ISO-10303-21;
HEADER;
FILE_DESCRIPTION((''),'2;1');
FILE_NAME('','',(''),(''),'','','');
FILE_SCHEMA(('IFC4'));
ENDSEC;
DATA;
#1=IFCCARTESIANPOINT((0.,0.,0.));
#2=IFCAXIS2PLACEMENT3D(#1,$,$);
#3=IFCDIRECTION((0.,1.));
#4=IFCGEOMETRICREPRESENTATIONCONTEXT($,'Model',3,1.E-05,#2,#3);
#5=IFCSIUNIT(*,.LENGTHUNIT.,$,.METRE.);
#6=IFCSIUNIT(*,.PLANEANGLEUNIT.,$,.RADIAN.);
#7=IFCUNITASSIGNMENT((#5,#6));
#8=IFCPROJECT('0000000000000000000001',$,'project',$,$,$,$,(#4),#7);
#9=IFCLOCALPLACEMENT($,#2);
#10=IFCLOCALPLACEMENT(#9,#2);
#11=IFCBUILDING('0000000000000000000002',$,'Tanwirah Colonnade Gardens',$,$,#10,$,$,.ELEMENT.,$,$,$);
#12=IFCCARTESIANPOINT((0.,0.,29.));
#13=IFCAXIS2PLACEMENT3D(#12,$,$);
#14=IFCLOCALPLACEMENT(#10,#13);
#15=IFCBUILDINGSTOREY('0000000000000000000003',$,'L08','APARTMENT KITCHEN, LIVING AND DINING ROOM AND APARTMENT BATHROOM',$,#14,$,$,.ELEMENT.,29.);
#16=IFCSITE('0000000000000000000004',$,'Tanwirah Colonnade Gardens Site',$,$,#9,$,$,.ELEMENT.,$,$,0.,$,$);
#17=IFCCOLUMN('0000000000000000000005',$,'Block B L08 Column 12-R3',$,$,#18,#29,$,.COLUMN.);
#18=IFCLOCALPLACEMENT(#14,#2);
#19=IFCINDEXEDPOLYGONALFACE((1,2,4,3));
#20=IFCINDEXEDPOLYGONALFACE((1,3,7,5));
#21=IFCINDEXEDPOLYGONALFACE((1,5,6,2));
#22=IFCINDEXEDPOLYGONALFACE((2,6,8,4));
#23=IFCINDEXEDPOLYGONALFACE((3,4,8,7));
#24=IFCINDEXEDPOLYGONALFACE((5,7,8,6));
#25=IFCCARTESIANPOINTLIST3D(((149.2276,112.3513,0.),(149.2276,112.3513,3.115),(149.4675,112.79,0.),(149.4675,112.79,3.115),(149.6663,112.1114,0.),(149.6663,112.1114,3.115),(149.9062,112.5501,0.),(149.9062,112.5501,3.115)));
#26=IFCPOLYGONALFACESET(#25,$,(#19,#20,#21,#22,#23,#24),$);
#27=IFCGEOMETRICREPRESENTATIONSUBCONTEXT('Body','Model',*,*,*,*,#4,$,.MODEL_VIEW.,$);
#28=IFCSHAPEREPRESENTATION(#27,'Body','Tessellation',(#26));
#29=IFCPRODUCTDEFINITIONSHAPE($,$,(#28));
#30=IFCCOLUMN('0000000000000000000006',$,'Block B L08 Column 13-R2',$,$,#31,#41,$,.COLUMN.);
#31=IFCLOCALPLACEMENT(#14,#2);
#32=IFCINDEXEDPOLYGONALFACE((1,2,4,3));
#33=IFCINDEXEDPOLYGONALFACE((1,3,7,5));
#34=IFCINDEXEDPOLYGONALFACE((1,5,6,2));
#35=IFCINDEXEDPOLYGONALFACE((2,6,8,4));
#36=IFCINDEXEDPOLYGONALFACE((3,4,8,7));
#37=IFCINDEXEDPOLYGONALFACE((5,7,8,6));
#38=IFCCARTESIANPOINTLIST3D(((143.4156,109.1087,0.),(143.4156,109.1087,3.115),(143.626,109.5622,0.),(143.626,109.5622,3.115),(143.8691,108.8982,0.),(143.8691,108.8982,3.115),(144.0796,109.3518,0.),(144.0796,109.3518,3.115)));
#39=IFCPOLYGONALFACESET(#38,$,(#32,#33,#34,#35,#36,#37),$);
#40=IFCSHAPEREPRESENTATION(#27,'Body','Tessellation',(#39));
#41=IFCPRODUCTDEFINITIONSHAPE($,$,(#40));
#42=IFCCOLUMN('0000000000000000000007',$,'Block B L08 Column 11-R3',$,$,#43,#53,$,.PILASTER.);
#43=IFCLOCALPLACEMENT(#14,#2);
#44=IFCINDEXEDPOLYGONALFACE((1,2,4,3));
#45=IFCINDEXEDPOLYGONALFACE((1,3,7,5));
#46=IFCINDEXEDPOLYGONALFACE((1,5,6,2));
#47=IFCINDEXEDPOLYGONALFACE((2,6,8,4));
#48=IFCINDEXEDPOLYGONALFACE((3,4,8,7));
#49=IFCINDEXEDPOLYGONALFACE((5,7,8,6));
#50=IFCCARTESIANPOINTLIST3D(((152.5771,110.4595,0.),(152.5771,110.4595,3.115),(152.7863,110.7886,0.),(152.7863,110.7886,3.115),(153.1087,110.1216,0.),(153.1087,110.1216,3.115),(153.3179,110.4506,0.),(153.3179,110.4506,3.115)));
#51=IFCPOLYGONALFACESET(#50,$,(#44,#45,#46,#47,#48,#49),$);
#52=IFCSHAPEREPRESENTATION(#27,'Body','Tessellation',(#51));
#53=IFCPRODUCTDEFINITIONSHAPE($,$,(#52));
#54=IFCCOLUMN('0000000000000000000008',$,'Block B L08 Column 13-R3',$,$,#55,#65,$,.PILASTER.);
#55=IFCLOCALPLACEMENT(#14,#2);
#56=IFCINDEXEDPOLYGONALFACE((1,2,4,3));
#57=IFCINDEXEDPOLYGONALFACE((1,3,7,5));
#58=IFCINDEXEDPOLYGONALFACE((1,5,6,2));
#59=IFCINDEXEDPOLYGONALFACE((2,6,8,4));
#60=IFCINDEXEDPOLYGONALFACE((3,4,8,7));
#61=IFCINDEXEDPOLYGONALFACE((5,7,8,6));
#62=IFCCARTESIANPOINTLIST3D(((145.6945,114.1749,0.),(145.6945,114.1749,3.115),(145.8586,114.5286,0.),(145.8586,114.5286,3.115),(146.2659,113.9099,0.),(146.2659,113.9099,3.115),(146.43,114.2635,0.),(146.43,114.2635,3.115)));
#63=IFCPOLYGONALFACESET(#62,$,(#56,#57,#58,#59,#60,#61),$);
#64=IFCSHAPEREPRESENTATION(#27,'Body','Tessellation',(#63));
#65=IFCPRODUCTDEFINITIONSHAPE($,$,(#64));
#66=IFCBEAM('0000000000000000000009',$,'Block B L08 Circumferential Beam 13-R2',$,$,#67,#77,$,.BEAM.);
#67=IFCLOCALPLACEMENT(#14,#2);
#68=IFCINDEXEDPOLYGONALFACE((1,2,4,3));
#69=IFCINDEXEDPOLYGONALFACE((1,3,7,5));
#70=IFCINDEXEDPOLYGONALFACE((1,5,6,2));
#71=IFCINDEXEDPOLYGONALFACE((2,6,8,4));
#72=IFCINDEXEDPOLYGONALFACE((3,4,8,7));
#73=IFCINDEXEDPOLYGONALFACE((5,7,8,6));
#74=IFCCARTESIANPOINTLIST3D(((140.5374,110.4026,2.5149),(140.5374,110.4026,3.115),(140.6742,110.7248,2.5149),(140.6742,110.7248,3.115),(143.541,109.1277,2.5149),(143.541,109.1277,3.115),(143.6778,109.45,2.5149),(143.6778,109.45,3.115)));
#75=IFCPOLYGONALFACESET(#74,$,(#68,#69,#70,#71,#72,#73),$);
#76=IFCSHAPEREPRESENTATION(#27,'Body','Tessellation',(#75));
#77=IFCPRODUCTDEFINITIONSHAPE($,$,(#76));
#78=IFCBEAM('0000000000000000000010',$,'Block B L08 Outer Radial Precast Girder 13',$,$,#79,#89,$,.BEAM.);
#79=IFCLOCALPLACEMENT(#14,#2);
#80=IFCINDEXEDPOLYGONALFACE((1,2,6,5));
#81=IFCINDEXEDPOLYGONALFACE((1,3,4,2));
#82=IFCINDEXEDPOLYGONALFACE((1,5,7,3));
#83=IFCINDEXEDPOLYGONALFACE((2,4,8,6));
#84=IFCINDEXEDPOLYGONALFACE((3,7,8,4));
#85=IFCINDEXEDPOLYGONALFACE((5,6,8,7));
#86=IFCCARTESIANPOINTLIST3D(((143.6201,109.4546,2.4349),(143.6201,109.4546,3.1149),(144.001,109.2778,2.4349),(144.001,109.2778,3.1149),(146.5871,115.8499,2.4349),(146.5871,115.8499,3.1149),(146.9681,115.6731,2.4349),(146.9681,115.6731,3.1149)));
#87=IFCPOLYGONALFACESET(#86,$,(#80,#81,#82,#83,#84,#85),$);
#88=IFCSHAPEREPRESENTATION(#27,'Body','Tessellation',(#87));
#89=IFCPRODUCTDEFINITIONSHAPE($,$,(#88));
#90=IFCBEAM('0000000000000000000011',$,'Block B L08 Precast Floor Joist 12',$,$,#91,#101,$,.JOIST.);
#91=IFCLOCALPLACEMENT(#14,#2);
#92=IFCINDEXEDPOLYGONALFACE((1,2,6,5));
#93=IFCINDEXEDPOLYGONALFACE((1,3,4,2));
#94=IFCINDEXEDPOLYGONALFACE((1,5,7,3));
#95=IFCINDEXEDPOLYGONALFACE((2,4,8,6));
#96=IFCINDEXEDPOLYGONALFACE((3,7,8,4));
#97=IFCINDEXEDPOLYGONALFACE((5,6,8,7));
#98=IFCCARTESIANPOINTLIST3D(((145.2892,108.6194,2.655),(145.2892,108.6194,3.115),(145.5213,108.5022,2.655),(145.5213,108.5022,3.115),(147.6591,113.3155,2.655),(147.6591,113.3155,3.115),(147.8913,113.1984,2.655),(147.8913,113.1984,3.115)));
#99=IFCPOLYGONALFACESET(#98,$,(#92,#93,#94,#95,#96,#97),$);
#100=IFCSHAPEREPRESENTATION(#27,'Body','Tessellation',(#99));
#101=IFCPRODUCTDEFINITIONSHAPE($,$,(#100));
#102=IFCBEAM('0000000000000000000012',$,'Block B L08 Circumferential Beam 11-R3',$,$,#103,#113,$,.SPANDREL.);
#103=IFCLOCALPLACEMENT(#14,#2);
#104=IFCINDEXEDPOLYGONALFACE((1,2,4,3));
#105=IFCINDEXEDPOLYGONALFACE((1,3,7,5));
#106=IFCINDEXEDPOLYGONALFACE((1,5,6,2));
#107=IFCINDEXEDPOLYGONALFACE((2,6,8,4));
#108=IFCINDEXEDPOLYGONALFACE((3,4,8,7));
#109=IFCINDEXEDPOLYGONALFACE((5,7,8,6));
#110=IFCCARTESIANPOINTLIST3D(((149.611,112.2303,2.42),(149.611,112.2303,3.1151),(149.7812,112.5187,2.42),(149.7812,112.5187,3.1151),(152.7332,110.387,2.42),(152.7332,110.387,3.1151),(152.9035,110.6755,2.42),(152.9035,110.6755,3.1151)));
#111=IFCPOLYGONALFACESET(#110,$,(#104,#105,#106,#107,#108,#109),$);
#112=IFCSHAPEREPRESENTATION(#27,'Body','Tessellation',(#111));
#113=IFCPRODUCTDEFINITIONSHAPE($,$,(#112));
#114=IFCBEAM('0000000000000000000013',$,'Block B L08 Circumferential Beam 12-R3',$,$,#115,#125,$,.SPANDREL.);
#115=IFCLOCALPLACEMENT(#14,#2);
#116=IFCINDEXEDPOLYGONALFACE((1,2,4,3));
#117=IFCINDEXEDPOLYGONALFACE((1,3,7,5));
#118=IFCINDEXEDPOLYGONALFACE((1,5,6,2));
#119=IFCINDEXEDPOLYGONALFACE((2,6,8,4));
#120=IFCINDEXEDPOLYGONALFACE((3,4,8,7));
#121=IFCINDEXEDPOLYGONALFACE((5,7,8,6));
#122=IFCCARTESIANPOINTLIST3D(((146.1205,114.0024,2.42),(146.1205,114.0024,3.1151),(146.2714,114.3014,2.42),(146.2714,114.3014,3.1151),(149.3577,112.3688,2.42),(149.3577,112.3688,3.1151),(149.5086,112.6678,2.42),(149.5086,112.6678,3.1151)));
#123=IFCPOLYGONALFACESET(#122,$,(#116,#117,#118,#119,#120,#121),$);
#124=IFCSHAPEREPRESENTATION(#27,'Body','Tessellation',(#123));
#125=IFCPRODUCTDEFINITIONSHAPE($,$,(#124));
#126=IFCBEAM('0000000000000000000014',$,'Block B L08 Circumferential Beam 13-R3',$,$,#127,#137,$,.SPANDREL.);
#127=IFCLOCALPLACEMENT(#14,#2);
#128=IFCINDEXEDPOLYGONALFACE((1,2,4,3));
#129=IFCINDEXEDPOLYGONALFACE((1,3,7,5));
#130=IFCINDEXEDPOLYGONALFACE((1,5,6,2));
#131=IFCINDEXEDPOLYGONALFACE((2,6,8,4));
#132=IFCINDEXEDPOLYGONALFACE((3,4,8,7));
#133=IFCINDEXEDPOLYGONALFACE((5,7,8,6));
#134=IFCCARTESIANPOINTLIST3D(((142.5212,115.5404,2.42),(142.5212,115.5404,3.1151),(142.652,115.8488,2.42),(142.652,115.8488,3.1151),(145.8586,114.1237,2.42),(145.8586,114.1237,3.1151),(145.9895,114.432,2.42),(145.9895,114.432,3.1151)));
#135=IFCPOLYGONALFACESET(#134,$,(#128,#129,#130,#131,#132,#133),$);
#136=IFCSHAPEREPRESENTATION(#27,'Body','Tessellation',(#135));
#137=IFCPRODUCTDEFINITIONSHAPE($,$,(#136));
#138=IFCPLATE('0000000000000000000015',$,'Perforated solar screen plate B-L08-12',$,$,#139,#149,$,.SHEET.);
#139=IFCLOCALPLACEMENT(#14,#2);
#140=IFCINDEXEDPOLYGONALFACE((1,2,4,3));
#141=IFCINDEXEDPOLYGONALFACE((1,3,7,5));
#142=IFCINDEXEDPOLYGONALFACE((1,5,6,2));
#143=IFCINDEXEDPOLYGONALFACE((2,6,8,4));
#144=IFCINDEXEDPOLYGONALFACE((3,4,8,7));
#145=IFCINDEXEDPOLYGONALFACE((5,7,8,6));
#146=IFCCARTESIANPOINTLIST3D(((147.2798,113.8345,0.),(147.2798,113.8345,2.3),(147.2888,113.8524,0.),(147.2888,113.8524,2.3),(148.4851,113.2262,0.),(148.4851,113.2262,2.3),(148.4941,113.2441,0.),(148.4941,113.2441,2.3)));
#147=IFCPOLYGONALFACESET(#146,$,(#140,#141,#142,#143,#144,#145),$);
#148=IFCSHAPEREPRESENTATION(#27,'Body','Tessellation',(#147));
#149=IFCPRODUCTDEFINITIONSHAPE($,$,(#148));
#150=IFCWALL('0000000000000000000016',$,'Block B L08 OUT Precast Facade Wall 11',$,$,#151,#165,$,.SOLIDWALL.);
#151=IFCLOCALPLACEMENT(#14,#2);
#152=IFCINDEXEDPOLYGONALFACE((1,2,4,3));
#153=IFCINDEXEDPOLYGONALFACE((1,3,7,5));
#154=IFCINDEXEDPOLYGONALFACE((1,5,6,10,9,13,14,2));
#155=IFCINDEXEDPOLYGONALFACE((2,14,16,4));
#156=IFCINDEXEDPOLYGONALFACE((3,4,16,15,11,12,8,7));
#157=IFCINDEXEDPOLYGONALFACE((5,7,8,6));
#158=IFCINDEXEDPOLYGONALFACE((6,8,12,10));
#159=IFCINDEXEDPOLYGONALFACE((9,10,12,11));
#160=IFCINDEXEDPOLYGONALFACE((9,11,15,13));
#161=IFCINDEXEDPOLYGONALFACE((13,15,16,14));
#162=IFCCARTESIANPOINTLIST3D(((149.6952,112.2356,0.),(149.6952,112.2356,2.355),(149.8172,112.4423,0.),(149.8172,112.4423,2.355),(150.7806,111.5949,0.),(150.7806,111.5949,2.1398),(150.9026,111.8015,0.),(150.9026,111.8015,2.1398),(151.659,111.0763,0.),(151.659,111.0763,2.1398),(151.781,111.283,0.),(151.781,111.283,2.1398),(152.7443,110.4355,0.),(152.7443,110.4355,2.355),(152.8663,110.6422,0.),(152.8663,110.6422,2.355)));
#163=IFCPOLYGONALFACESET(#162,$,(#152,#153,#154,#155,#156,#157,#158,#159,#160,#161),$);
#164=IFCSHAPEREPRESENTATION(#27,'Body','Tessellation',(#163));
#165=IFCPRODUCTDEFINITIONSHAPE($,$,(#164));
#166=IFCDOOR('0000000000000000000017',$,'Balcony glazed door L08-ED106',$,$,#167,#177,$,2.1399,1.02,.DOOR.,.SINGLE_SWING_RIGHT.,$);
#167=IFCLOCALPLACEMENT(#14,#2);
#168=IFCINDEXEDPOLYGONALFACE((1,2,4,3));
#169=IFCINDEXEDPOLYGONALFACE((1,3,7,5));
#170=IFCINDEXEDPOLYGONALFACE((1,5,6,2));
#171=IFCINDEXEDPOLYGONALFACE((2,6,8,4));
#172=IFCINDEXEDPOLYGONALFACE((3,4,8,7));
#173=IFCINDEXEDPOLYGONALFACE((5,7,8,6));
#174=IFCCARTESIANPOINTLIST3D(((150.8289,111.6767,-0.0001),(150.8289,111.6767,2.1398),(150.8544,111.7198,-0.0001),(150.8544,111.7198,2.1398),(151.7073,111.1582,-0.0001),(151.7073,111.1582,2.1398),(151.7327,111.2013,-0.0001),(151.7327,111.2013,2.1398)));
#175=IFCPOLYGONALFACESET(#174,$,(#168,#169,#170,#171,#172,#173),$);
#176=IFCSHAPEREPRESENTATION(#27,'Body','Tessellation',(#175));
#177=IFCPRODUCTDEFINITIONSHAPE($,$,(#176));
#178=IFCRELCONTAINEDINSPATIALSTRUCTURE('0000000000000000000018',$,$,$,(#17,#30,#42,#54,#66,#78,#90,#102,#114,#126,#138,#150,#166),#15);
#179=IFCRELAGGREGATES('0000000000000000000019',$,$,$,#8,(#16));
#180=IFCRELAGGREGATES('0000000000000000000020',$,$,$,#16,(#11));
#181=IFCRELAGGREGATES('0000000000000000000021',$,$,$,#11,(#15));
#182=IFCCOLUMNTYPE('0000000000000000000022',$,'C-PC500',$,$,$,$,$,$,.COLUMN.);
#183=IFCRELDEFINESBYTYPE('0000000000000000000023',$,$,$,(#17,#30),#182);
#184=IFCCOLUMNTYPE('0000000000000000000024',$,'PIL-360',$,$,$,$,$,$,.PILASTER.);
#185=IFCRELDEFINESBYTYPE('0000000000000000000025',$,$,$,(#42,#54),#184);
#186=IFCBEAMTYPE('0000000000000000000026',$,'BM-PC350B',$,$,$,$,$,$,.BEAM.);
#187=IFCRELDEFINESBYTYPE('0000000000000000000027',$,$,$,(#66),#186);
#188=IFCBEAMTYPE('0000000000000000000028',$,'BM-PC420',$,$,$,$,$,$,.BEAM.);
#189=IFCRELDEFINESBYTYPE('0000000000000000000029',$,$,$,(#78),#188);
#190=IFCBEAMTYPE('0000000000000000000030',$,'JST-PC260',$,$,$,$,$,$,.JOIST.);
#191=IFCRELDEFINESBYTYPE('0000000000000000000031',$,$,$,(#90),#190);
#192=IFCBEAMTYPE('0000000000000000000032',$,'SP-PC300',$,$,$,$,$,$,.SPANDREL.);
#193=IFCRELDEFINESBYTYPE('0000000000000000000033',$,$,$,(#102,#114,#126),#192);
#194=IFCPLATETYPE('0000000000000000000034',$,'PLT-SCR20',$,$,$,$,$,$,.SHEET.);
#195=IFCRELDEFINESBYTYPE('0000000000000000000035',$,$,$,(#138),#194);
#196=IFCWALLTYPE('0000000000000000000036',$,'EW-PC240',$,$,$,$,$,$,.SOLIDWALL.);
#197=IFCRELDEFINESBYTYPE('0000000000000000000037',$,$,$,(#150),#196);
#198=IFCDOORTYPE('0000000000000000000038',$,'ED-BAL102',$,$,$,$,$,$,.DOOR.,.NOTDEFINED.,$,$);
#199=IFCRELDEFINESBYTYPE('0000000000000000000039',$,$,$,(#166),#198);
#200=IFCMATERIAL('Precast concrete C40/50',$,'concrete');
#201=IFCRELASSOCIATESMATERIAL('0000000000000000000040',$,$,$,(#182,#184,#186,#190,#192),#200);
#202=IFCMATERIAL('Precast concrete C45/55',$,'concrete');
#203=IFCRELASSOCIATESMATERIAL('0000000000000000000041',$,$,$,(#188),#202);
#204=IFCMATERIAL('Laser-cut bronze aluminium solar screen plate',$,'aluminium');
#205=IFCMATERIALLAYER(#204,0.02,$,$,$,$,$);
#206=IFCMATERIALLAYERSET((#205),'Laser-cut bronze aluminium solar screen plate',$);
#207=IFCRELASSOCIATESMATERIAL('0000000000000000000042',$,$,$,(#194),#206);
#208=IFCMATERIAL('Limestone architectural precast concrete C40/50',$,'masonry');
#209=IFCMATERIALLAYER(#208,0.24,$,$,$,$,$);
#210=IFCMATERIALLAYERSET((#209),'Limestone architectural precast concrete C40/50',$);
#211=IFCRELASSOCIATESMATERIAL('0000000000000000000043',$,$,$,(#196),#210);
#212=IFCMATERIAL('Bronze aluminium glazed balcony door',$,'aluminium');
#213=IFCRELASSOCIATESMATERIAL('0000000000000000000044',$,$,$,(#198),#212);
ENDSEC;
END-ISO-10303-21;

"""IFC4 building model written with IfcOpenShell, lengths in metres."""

from ifc_helpers import new_model, si_unit, direction, frame, frame_2d, origin, origin_2d, place, context, subcontext, project, spatial, rectangle, extrude, material, layer, layer_set, material_profile, profile_set, type_object, element, fill, save


model = new_model("IFC4")

# Units and contexts
model_context = context("Model", 3, precision=1e-05, world=origin(), true_north=direction((0.0, 1.0)))
body_context = subcontext(model_context, "Body", "Model", "MODEL_VIEW")
ifc_project = project(units=[si_unit("LENGTHUNIT", "METRE"), si_unit("PLANEANGLEUNIT", "RADIAN")], contexts=[model_context])

# Site, building, storey
site_placement = place(None, origin())
site = spatial("IfcSite", under=ifc_project, at=site_placement, Name="Tanwirah Colonnade Gardens Site", CompositionType="ELEMENT", RefElevation=0.0)
building_placement = place(site_placement, origin())
building = spatial("IfcBuilding", under=site, at=building_placement, Name="Tanwirah Colonnade Gardens", CompositionType="ELEMENT")
storey_placement = place(building_placement, frame((0.0, 0.0, 29.0)))
storey = spatial("IfcBuildingStorey", under=building, at=storey_placement, Name="L08", Description="APARTMENT KITCHEN, LIVING AND DINING ROOM AND APARTMENT BATHROOM", CompositionType="ELEMENT", Elevation=29.0)

# Columns
ifc_material_1 = material(Name="Precast concrete C40/50", Category="concrete")
ifc_material_profile_1 = material_profile(ifc_material_1, rectangle(XDim=0.5, YDim=0.5, at=origin_2d()), Name="PC-COL 500x500")
ifc_profile_set_1 = profile_set([ifc_material_profile_1], Name="Precast concrete C40/50")
column_type_1 = type_object("IfcColumnType", Name="C-PC500", PredefinedType="COLUMN", material=ifc_profile_set_1)
for number, where, z_axis, x_axis, name in (
    (1, (149.5669, 112.4507, 0.0), (0.0, 0.0, 1.0), (0.479713, 0.877425, 0.0), "Block B L08 Column 12-R3"),
    (2, (143.7476, 109.2302, 0.0), (0.0, 0.0, 1.0), (0.42086, 0.907126, 0.0), "Block B L08 Column 13-R2"),
):
    element("IfcColumn", number, at=place(storey_placement, frame(where, z_axis=z_axis, x_axis=x_axis)), inside=storey, type_object=column_type_1, Name=name, PredefinedType="COLUMN", context=body_context, shape_type="SweptSolid", body=[
        extrude(rectangle(XDim=0.5, YDim=0.5, at=origin_2d()), origin(), (0.0, 0.0, 1.0), 3.115),
    ])
ifc_material_profile_2 = material_profile(ifc_material_1, rectangle(XDim=0.3899, YDim=0.6299, at=origin_2d()), Name="PC-PIL 390x630")
ifc_profile_set_2 = profile_set([ifc_material_profile_2], Name="Precast concrete C40/50")
column_type_2 = type_object("IfcColumnType", Name="PIL-360", PredefinedType="PILASTER", material=ifc_profile_set_2)
for number, where, z_axis, x_axis, name in (
    (3, (152.9475, 110.4551, 0.0), (0.0, 0.0, 1.0), (0.536482, 0.843912, 0.0), "Block B L08 Column 11-R3"),
    (4, (146.0623, 114.2192, 0.0), (0.0, 0.0, 1.0), (0.42086, 0.907126, 0.0), "Block B L08 Column 13-R3"),
):
    element("IfcColumn", number, at=place(storey_placement, frame(where, z_axis=z_axis, x_axis=x_axis)), inside=storey, type_object=column_type_2, Name=name, PredefinedType="PILASTER", context=body_context, shape_type="SweptSolid", body=[
        extrude(rectangle(XDim=0.3899, YDim=0.6299, at=origin_2d()), origin(), (0.0, 0.0, 1.0), 3.115),
    ])

# Beams
ifc_material_profile_3 = material_profile(ifc_material_1, rectangle(XDim=0.3501, YDim=0.6001, at=origin_2d()), Name="PC-BM 350x600")
ifc_profile_set_3 = profile_set([ifc_material_profile_3], Name="Precast concrete C40/50")
beam_type_1 = type_object("IfcBeamType", Name="BM-PC350B", PredefinedType="BEAM", material=ifc_profile_set_3)
beam_1_placement = place(storey_placement, frame((143.6094, 109.2888, 2.8149), z_axis=(-0.920513, 0.390711, 0.0), x_axis=(-0.390711, -0.920513, 0.0)))
element("IfcBeam", 5, at=beam_1_placement, inside=storey, type_object=beam_type_1, Name="Block B L08 Circumferential Beam 13-R2", PredefinedType="BEAM", context=body_context, shape_type="SweptSolid", body=[
    extrude(rectangle(XDim=0.3501, YDim=0.6001, at=origin_2d()), origin(), (0.0, 0.0, 1.0), 3.2629),
])
ifc_material_2 = material(Name="Precast concrete C45/55", Category="concrete")
ifc_material_profile_4 = material_profile(ifc_material_2, rectangle(XDim=0.4199, YDim=0.6799, at=origin_2d()), Name="PC-BM 420x680")
ifc_profile_set_4 = profile_set([ifc_material_profile_4], Name="Precast concrete C45/55")
beam_type_2 = type_object("IfcBeamType", Name="BM-PC420", PredefinedType="BEAM", material=ifc_profile_set_4)
beam_2_placement = place(storey_placement, frame((143.8105, 109.3662, 2.7749), z_axis=(0.420856, 0.907128, 0.0), x_axis=(-0.907128, 0.420856, 0.0)))
element("IfcBeam", 6, at=beam_2_placement, inside=storey, type_object=beam_type_2, Name="Block B L08 Outer Radial Precast Girder 13", PredefinedType="BEAM", context=body_context, shape_type="SweptSolid", body=[
    extrude(rectangle(XDim=0.4199, YDim=0.6799, at=origin_2d()), origin(), (0.0, 0.0, 1.0), 7.05),
])
ifc_material_profile_5 = material_profile(ifc_material_1, rectangle(XDim=0.26, YDim=0.46, at=origin_2d()), Name="PC-JST 260x460")
ifc_profile_set_5 = profile_set([ifc_material_profile_5], Name="Precast concrete C40/50")
beam_type_3 = type_object("IfcBeamType", Name="JST-PC260", PredefinedType="JOIST", material=ifc_profile_set_5)
beam_3_placement = place(storey_placement, frame((145.4053, 108.5608, 2.885), z_axis=(0.450534, 0.892759, 0.0), x_axis=(-0.892759, 0.450534, 0.0)))
element("IfcBeam", 7, at=beam_3_placement, inside=storey, type_object=beam_type_3, Name="Block B L08 Precast Floor Joist 12", PredefinedType="JOIST", context=body_context, shape_type="SweptSolid", body=[
    extrude(rectangle(XDim=0.26, YDim=0.46, at=origin_2d()), origin(), (0.0, 0.0, 1.0), 5.2603),
])
ifc_material_profile_6 = material_profile(ifc_material_1, rectangle(XDim=0.335, YDim=0.6951, at=origin_2d()), Name="PC-SP 335x695")
ifc_profile_set_6 = profile_set([ifc_material_profile_6], Name="Precast concrete C40/50")
beam_type_4 = type_object("IfcBeamType", Name="SP-PC300", PredefinedType="SPANDREL", material=ifc_profile_set_6)
beam_4_placement = place(storey_placement, frame((152.8184, 110.5312, 2.7676), z_axis=(-0.861137, 0.508373, 0.0), x_axis=(-0.508373, -0.861137, 0.0)))
element("IfcBeam", 8, at=beam_4_placement, inside=storey, type_object=beam_type_4, Name="Block B L08 Circumferential Beam 11-R3", PredefinedType="SPANDREL", context=body_context, shape_type="SweptSolid", body=[
    extrude(rectangle(XDim=0.335, YDim=0.6951, at=origin_2d()), origin(), (0.0, 0.0, 1.0), 3.6257),
])
beam_5_placement = place(storey_placement, frame((149.4331, 112.5183, 2.7676), z_axis=(-0.892765, 0.450523, 0.0), x_axis=(-0.450523, -0.892765, 0.0)))
element("IfcBeam", 9, at=beam_5_placement, inside=storey, type_object=beam_type_4, Name="Block B L08 Circumferential Beam 12-R3", PredefinedType="SPANDREL", context=body_context, shape_type="SweptSolid", body=[
    extrude(rectangle(XDim=0.335, YDim=0.6951, at=origin_2d()), origin(), (0.0, 0.0, 1.0), 3.626),
])
beam_6_placement = place(storey_placement, frame((145.9241, 114.2778, 2.7676), z_axis=(-0.920494, 0.390756, 0.0), x_axis=(-0.390756, -0.920494, 0.0)))
element("IfcBeam", 10, at=beam_6_placement, inside=storey, type_object=beam_type_4, Name="Block B L08 Circumferential Beam 13-R3", PredefinedType="SPANDREL", context=body_context, shape_type="SweptSolid", body=[
    extrude(rectangle(XDim=0.335, YDim=0.6951, at=origin_2d()), origin(), (0.0, 0.0, 1.0), 3.6257),
])

# Plate
ifc_material_3 = material(Name="Laser-cut bronze aluminium solar screen plate", Category="aluminium")
ifc_layer_1 = layer(ifc_material_3, 0.02)
ifc_layer_set_1 = layer_set([ifc_layer_1], Name="Laser-cut bronze aluminium solar screen plate")
plate_type = type_object("IfcPlateType", Name="PLT-SCR20", PredefinedType="SHEET", material=ifc_layer_set_1)
plate_placement = place(storey_placement, frame((147.887, 113.5393, 0.0), z_axis=(0.0, 0.0, 1.0), x_axis=(-0.89276, 0.450532, 0.0)))
element("IfcPlate", 11, at=plate_placement, inside=storey, type_object=plate_type, Name="Perforated solar screen plate B-L08-12", PredefinedType="SHEET", context=body_context, shape_type="SweptSolid", body=[
    extrude(rectangle(XDim=1.3501, YDim=0.02, at=origin_2d()), origin(), (0.0, 0.0, 1.0), 2.3),
])

# Wall, opening, door
ifc_material_4 = material(Name="Limestone architectural precast concrete C40/50", Category="masonry")
ifc_layer_2 = layer(ifc_material_4, 0.24)
ifc_layer_set_2 = layer_set([ifc_layer_2], Name="Limestone architectural precast concrete C40/50")
wall_type_1 = type_object("IfcWallType", Name="EW-PC240", PredefinedType="SOLIDWALL", material=ifc_layer_set_2)
wall_1_placement = place(storey_placement, frame((152.8054, 110.5388, 0.0), z_axis=(0.0, 0.0, 1.0), x_axis=(-0.861134, 0.508378, 0.0)))
wall_1 = element("IfcWall", 12, at=wall_1_placement, inside=storey, type_object=wall_type_1, Name="Block B L08 OUT Precast Facade Wall 11", PredefinedType="SOLIDWALL", context=body_context, shape_type="SweptSolid", body=[
    extrude(rectangle(XDim=3.5408, YDim=0.24, at=frame_2d((1.7705, 0.0))), origin(), (0.0, 0.0, 1.0), 2.355),
])
opening_1_placement = place(wall_1_placement, frame((1.2605, 0.0, 0.0)))
opening_1 = element("IfcOpeningElement", 13, at=opening_1_placement, cuts=wall_1, PredefinedType="OPENING", context=body_context, shape_type="SweptSolid", body=[
    extrude(rectangle(XDim=1.02, YDim=2.1399, at=frame_2d((0.51, 1.0698))), frame((0.0, 0.1299, 0.0), z_axis=(0.0, -1.0, 0.0), x_axis=(1.0, 0.0, 0.0)), (0.0, 0.0, 1.0), 0.26),
])
ifc_material_5 = material(Name="Bronze aluminium glazed balcony door", Category="aluminium")
door_type_1 = type_object("IfcDoorType", Name="ED-BAL102", OperationType="NOTDEFINED", PredefinedType="DOOR", material=ifc_material_5)
door_1_placement = place(opening_1_placement, origin())
door_1 = element("IfcDoor", 14, at=door_1_placement, inside=storey, type_object=door_type_1, Name="Balcony glazed door L08-ED106", OperationType="SINGLE_SWING_RIGHT", OverallHeight=2.1399, OverallWidth=1.02, PredefinedType="DOOR", context=body_context, shape_type="SweptSolid", body=[
    extrude(rectangle(XDim=1.02, YDim=2.1399, at=frame_2d((0.51, 1.0698))), frame((0.0, 0.0249, 0.0), z_axis=(0.0, -1.0, 0.0), x_axis=(1.0, 0.0, 0.0)), (0.0, 0.0, 1.0), 0.05),
])
fill(opening_1, door_1)

save(model, "model.ifc")
